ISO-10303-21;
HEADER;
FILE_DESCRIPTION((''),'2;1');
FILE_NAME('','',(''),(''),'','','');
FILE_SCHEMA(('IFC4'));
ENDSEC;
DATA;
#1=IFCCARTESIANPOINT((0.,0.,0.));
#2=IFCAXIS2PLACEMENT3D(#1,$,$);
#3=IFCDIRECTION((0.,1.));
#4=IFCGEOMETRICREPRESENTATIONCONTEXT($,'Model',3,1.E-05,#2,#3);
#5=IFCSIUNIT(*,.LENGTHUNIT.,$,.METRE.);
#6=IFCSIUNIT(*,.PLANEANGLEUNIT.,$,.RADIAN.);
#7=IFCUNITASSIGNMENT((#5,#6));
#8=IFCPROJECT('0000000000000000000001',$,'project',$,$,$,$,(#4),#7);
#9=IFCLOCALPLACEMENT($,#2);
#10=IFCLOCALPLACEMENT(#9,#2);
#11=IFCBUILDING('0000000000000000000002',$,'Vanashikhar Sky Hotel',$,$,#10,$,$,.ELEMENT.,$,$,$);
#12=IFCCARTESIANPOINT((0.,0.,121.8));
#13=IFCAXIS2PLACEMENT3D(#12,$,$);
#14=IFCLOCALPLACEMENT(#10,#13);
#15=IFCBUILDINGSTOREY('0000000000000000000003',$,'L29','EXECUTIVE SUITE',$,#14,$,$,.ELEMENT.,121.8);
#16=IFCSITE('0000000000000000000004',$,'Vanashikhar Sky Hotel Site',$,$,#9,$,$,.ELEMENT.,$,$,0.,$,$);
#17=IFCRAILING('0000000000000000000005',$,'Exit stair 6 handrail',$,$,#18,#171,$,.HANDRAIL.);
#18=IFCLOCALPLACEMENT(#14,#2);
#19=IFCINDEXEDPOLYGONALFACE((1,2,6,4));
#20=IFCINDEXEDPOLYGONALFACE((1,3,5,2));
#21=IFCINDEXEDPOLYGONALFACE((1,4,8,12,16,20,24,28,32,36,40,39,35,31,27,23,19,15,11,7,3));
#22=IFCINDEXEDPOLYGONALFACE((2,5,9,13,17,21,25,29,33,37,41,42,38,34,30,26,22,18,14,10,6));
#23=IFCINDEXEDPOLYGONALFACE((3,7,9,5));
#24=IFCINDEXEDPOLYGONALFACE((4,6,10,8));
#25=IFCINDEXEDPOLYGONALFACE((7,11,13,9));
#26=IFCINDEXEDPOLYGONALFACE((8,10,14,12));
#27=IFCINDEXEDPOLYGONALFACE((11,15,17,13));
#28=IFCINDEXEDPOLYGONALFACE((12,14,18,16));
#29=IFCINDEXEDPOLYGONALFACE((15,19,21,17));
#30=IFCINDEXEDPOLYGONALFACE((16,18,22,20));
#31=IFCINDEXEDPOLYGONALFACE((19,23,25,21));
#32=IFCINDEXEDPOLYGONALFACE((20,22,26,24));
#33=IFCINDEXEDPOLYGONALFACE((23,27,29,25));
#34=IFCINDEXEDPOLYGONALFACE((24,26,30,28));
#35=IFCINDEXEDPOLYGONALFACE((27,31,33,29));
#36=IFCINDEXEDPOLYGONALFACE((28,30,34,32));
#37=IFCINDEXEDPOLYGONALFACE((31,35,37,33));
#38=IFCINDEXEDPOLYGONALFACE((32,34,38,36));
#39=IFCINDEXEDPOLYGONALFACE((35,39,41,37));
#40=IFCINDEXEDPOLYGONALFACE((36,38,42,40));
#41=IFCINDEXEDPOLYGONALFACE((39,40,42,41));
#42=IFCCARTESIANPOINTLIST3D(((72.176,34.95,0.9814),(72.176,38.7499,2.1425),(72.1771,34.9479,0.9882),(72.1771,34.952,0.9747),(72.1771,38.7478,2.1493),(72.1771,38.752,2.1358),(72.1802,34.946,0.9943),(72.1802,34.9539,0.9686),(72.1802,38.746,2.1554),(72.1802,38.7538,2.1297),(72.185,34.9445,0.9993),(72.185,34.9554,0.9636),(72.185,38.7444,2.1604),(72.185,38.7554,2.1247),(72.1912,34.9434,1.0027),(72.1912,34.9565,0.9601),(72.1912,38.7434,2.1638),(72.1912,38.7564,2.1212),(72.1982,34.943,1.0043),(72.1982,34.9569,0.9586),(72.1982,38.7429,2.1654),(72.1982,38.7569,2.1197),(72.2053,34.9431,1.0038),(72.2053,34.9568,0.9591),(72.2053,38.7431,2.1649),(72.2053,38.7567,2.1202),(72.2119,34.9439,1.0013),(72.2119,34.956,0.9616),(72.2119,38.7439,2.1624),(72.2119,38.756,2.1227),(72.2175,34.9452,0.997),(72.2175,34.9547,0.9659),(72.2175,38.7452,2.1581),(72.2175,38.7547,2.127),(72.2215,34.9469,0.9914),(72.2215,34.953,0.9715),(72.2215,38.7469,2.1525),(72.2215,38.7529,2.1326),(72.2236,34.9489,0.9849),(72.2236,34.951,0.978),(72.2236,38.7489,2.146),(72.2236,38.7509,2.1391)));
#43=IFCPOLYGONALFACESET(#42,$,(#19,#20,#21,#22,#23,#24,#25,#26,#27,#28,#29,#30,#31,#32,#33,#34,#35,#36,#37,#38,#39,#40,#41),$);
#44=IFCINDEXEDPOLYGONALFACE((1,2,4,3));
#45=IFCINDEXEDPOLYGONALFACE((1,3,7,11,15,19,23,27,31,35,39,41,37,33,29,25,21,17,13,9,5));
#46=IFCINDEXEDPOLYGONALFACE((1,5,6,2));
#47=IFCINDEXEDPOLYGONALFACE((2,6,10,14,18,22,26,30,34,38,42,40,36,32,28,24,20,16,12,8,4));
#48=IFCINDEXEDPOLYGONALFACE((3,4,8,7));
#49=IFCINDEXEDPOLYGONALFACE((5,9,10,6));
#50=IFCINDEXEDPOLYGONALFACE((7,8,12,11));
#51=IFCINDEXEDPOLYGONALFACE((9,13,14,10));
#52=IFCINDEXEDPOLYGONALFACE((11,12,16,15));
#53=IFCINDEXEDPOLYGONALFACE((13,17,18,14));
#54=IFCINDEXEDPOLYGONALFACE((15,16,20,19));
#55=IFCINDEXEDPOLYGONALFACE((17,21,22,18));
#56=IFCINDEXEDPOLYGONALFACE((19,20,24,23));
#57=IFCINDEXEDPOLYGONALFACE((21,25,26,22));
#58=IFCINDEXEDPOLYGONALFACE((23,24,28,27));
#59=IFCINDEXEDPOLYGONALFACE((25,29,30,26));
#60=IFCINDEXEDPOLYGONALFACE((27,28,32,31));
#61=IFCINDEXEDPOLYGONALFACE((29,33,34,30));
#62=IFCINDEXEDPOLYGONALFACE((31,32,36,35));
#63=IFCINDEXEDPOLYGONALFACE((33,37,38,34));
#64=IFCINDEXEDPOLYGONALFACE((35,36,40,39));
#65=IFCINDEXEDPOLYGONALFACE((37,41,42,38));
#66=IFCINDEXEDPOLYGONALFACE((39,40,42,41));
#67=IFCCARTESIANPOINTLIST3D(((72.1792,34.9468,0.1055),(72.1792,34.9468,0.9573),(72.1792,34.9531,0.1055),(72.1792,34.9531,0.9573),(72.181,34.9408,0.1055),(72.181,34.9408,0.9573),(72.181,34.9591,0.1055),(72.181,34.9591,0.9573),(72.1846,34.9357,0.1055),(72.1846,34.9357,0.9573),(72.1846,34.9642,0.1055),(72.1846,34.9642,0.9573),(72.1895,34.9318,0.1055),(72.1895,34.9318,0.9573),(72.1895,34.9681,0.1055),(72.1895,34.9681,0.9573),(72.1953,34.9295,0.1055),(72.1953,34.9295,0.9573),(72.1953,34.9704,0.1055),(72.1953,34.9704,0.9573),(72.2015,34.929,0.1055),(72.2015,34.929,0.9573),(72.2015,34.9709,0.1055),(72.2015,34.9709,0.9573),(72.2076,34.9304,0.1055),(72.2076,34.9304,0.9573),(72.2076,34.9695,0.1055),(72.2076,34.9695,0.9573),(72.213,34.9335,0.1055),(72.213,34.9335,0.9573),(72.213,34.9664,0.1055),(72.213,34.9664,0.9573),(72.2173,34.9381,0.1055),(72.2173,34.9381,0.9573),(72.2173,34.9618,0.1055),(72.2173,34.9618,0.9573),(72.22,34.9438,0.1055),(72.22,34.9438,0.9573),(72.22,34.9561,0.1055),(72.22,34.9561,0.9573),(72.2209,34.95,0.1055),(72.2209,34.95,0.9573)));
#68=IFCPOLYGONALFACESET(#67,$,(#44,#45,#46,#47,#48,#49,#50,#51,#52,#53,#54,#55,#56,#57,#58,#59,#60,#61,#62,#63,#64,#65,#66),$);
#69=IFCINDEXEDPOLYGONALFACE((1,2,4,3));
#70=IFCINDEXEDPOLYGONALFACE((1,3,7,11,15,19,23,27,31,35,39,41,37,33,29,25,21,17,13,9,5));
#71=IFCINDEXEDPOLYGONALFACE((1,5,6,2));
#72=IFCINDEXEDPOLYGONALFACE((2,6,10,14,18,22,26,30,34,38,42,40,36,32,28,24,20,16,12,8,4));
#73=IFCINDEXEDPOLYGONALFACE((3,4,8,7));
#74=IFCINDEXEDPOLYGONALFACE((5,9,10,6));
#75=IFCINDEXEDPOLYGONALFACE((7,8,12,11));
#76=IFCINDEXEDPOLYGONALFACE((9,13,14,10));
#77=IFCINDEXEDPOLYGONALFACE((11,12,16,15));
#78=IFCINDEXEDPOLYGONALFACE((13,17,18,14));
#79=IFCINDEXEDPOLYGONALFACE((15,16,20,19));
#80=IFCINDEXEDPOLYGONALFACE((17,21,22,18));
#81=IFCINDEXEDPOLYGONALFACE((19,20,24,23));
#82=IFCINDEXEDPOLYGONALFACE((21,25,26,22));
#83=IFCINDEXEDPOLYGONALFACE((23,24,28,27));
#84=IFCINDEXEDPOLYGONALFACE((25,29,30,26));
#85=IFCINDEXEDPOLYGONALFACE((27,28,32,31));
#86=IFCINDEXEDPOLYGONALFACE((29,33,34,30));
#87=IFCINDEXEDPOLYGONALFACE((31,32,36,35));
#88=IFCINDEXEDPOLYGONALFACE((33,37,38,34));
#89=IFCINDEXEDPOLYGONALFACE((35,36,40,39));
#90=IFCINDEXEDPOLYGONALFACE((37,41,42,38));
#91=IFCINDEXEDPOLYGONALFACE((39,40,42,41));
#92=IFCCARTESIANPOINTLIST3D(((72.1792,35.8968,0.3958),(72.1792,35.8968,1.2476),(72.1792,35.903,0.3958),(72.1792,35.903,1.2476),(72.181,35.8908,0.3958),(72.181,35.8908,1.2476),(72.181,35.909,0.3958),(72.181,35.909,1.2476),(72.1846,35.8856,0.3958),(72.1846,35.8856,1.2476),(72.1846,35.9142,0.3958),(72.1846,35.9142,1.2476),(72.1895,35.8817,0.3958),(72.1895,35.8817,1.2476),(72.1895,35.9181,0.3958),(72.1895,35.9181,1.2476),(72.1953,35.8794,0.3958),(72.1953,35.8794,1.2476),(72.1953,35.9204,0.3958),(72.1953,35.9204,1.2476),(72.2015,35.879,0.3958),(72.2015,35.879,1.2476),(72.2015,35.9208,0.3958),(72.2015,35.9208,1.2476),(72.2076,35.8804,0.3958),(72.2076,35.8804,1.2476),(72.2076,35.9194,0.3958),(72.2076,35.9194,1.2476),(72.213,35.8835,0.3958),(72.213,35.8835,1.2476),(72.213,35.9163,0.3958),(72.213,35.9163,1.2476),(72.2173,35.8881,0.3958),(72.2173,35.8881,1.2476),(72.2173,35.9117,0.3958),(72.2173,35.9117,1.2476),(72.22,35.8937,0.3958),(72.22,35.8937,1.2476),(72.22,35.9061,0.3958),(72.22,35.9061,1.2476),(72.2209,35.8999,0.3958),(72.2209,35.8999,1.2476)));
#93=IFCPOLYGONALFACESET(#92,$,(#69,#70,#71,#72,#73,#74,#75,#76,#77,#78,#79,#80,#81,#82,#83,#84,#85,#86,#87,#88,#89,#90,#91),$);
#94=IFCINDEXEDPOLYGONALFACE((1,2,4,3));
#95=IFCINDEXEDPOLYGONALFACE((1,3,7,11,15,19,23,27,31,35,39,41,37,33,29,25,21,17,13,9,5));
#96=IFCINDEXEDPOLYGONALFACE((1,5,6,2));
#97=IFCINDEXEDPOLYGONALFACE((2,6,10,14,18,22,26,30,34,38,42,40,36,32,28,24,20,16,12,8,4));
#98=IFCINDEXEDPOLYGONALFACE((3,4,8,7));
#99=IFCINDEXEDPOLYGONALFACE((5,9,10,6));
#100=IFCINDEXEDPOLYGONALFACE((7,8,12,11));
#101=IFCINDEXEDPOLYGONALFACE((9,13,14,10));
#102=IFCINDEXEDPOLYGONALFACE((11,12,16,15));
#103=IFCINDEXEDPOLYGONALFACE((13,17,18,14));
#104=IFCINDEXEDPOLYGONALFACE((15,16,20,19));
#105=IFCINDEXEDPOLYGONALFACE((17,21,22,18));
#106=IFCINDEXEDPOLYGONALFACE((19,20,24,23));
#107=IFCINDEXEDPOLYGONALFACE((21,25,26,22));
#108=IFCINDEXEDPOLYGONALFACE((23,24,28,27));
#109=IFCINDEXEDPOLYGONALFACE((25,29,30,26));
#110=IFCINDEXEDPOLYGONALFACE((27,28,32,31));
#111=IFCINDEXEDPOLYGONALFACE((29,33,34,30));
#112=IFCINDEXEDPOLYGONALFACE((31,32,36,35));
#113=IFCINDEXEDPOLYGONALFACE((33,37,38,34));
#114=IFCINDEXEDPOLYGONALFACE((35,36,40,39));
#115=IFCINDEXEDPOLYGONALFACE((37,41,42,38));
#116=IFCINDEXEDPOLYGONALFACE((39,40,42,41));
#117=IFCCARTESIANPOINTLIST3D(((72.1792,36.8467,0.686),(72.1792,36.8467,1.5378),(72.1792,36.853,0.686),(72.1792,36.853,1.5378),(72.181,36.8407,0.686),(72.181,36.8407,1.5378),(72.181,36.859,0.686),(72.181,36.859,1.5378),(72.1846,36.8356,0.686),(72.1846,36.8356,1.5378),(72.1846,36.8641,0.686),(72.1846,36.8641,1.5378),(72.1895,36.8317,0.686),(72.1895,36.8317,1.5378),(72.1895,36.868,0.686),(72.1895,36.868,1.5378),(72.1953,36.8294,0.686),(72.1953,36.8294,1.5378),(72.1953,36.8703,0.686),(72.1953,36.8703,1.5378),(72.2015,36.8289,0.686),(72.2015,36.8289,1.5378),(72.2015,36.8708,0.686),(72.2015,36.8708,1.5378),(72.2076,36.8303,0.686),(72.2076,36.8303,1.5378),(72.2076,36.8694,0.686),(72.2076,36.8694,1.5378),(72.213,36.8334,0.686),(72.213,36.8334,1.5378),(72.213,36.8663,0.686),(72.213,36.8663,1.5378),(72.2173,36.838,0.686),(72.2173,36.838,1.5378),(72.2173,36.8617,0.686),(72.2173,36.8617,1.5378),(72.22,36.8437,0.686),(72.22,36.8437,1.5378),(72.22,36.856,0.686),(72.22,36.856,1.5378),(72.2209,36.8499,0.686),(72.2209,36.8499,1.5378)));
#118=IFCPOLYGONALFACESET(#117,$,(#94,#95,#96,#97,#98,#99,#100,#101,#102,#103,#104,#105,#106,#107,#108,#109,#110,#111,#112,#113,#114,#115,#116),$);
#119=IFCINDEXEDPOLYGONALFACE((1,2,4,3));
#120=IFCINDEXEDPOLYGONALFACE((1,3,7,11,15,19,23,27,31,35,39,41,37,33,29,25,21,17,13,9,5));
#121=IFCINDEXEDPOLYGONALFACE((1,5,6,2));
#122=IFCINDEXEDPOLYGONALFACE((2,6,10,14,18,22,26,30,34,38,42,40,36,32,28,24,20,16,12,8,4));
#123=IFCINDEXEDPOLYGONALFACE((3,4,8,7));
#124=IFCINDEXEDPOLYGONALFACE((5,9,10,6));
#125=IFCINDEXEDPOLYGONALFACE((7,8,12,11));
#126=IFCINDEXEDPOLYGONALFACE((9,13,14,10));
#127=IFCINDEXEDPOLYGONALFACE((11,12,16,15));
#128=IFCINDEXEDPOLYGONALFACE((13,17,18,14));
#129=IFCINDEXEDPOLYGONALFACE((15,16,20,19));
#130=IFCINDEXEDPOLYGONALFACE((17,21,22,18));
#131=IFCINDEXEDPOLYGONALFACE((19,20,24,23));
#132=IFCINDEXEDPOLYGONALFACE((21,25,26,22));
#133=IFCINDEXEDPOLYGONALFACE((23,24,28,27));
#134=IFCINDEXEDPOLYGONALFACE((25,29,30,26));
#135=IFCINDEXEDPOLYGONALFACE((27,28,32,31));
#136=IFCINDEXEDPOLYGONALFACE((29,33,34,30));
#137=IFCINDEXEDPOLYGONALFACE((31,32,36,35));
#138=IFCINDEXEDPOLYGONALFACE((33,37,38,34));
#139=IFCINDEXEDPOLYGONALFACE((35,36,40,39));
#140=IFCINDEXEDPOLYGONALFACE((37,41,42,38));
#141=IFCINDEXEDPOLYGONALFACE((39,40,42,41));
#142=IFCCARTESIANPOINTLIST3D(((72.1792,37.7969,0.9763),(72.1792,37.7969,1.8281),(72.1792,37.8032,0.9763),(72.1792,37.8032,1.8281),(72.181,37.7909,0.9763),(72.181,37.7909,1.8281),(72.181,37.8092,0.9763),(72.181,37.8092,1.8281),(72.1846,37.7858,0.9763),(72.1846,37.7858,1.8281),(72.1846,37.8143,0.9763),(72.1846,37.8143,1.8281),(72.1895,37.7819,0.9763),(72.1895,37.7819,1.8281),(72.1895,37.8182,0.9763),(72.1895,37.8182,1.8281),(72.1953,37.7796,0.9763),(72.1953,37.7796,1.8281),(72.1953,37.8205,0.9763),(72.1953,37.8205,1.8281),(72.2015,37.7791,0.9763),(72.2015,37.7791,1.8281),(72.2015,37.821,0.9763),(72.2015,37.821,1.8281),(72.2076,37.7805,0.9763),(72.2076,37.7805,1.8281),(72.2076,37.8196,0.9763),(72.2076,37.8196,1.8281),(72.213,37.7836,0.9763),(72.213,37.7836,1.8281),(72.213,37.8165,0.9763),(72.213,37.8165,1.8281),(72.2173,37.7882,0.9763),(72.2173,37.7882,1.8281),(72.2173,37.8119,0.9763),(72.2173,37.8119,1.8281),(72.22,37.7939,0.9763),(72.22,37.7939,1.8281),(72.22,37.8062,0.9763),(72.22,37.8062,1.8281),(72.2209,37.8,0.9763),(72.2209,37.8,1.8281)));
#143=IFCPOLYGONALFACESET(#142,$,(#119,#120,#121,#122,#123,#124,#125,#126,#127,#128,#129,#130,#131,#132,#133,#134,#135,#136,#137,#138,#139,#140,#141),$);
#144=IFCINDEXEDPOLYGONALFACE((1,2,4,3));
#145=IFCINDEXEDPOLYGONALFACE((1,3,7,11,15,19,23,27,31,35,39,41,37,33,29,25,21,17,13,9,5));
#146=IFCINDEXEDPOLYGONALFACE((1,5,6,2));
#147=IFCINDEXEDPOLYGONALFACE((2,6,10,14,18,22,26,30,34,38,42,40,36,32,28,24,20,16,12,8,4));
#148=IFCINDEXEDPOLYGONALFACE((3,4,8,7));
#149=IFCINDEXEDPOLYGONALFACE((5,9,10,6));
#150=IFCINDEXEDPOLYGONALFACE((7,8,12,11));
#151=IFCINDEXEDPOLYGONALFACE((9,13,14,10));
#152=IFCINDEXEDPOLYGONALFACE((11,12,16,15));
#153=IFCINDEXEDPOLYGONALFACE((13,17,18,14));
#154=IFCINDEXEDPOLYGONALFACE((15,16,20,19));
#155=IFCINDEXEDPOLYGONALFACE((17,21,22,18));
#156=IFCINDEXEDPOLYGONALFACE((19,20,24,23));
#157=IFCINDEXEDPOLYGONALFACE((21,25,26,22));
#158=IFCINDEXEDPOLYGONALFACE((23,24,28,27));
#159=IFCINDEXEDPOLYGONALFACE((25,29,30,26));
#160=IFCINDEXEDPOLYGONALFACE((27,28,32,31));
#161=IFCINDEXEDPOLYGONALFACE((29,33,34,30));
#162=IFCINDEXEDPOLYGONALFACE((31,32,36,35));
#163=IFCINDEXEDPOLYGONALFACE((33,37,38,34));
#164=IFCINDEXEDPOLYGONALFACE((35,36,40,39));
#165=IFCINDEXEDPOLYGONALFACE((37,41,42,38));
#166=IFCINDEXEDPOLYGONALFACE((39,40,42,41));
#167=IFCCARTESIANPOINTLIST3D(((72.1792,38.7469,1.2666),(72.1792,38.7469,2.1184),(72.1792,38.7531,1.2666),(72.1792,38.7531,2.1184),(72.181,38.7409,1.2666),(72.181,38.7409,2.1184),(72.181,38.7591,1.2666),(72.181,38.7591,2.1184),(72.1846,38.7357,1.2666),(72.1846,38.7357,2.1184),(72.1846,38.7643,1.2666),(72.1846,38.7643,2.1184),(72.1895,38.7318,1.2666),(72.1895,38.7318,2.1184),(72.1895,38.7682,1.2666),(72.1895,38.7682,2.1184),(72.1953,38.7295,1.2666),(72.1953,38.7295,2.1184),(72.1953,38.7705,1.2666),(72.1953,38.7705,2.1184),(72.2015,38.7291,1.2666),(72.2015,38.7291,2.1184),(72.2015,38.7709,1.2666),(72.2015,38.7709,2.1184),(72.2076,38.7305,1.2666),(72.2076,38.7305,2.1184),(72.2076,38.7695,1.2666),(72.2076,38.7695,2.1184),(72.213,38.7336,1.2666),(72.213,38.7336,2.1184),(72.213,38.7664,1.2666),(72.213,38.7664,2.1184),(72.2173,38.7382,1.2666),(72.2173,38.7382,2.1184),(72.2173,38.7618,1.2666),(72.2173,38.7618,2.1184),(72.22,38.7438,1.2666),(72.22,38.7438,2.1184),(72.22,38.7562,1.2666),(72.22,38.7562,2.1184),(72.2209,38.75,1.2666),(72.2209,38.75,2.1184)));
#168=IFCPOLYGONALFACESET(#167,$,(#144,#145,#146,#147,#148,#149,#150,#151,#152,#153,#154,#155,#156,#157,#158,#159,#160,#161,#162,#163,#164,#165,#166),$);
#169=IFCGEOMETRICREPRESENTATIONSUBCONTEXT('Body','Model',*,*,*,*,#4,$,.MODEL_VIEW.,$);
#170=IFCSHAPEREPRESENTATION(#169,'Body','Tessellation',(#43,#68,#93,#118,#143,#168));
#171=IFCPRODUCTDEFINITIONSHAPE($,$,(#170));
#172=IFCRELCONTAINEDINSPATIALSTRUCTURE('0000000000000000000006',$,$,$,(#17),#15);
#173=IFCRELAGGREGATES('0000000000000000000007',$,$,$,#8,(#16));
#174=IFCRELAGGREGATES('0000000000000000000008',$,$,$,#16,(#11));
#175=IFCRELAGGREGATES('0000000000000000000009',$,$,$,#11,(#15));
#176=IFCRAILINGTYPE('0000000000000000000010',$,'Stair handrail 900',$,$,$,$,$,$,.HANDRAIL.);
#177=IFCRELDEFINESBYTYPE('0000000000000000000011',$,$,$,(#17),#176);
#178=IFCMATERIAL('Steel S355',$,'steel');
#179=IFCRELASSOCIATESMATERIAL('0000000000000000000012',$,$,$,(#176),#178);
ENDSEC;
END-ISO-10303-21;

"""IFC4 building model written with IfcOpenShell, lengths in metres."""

from ifc_helpers import new_model, si_unit, direction, frame, origin, origin_2d, place, context, subcontext, project, spatial, circle, extrude, source, transform, mapped, material, type_object, element, save


model = new_model("IFC4")

# Units and contexts
model_context = context("Model", 3, precision=1e-05, world=origin(), true_north=direction((0.0, 1.0)))
body_context = subcontext(model_context, "Body", "Model", "MODEL_VIEW")
ifc_project = project(units=[si_unit("LENGTHUNIT", "METRE"), si_unit("PLANEANGLEUNIT", "RADIAN")], contexts=[model_context])

# Site, building, storey
site_placement = place(None, origin())
site = spatial("IfcSite", under=ifc_project, at=site_placement, Name="Vanashikhar Sky Hotel Site", CompositionType="ELEMENT", RefElevation=0.0)
building_placement = place(site_placement, origin())
building = spatial("IfcBuilding", under=site, at=building_placement, Name="Vanashikhar Sky Hotel", CompositionType="ELEMENT")
storey_placement = place(building_placement, frame((0.0, 0.0, 121.8)))
storey = spatial("IfcBuildingStorey", under=building, at=storey_placement, Name="L29", Description="EXECUTIVE SUITE", CompositionType="ELEMENT", Elevation=121.8)

# Railing
ifc_material_1 = material(Name="Steel S355", Category="steel")
railing_type_1 = type_object("IfcRailingType", Name="Stair handrail 900", PredefinedType="HANDRAIL", material=ifc_material_1)
shared_shape_1 = source(origin(), body_context, "Body", "SweptSolid", [
    extrude(circle(Radius=0.0239, at=origin_2d()), frame((0.0, 0.0, 0.876), z_axis=(0.0, 0.956351, 0.29222), x_axis=(-1.0, 0.0, 0.0)), (0.0, 0.0, 1.0), 3.9734),
    extrude(circle(Radius=0.021, at=origin_2d()), origin(), (0.0, 0.0, 1.0), 0.8518),
    extrude(circle(Radius=0.021, at=origin_2d()), frame((0.0, 0.95, 0.2903)), (0.0, 0.0, 1.0), 0.8518),
    extrude(circle(Radius=0.021, at=origin_2d()), frame((0.0, 1.8999, 0.5806)), (0.0, 0.0, 1.0), 0.8518),
    extrude(circle(Radius=0.021, at=origin_2d()), frame((0.0, 2.8501, 0.8708)), (0.0, 0.0, 1.0), 0.8518),
    extrude(circle(Radius=0.021, at=origin_2d()), frame((0.0, 3.8, 1.1611)), (0.0, 0.0, 1.0), 0.8518),
])
for number, where, name in (
    (1, (72.2, 34.95, 0.1055), "Exit stair 6 handrail"),
):
    element("IfcRailing", number, at=place(storey_placement, frame(where)), inside=storey, type_object=railing_type_1, Name=name, PredefinedType="HANDRAIL", context=body_context, shape_type="MappedRepresentation", body=[
        mapped(shared_shape_1, transform((0.0, 0.0, 0.0), scale=1.0)),
    ])

save(model, "model.ifc")
